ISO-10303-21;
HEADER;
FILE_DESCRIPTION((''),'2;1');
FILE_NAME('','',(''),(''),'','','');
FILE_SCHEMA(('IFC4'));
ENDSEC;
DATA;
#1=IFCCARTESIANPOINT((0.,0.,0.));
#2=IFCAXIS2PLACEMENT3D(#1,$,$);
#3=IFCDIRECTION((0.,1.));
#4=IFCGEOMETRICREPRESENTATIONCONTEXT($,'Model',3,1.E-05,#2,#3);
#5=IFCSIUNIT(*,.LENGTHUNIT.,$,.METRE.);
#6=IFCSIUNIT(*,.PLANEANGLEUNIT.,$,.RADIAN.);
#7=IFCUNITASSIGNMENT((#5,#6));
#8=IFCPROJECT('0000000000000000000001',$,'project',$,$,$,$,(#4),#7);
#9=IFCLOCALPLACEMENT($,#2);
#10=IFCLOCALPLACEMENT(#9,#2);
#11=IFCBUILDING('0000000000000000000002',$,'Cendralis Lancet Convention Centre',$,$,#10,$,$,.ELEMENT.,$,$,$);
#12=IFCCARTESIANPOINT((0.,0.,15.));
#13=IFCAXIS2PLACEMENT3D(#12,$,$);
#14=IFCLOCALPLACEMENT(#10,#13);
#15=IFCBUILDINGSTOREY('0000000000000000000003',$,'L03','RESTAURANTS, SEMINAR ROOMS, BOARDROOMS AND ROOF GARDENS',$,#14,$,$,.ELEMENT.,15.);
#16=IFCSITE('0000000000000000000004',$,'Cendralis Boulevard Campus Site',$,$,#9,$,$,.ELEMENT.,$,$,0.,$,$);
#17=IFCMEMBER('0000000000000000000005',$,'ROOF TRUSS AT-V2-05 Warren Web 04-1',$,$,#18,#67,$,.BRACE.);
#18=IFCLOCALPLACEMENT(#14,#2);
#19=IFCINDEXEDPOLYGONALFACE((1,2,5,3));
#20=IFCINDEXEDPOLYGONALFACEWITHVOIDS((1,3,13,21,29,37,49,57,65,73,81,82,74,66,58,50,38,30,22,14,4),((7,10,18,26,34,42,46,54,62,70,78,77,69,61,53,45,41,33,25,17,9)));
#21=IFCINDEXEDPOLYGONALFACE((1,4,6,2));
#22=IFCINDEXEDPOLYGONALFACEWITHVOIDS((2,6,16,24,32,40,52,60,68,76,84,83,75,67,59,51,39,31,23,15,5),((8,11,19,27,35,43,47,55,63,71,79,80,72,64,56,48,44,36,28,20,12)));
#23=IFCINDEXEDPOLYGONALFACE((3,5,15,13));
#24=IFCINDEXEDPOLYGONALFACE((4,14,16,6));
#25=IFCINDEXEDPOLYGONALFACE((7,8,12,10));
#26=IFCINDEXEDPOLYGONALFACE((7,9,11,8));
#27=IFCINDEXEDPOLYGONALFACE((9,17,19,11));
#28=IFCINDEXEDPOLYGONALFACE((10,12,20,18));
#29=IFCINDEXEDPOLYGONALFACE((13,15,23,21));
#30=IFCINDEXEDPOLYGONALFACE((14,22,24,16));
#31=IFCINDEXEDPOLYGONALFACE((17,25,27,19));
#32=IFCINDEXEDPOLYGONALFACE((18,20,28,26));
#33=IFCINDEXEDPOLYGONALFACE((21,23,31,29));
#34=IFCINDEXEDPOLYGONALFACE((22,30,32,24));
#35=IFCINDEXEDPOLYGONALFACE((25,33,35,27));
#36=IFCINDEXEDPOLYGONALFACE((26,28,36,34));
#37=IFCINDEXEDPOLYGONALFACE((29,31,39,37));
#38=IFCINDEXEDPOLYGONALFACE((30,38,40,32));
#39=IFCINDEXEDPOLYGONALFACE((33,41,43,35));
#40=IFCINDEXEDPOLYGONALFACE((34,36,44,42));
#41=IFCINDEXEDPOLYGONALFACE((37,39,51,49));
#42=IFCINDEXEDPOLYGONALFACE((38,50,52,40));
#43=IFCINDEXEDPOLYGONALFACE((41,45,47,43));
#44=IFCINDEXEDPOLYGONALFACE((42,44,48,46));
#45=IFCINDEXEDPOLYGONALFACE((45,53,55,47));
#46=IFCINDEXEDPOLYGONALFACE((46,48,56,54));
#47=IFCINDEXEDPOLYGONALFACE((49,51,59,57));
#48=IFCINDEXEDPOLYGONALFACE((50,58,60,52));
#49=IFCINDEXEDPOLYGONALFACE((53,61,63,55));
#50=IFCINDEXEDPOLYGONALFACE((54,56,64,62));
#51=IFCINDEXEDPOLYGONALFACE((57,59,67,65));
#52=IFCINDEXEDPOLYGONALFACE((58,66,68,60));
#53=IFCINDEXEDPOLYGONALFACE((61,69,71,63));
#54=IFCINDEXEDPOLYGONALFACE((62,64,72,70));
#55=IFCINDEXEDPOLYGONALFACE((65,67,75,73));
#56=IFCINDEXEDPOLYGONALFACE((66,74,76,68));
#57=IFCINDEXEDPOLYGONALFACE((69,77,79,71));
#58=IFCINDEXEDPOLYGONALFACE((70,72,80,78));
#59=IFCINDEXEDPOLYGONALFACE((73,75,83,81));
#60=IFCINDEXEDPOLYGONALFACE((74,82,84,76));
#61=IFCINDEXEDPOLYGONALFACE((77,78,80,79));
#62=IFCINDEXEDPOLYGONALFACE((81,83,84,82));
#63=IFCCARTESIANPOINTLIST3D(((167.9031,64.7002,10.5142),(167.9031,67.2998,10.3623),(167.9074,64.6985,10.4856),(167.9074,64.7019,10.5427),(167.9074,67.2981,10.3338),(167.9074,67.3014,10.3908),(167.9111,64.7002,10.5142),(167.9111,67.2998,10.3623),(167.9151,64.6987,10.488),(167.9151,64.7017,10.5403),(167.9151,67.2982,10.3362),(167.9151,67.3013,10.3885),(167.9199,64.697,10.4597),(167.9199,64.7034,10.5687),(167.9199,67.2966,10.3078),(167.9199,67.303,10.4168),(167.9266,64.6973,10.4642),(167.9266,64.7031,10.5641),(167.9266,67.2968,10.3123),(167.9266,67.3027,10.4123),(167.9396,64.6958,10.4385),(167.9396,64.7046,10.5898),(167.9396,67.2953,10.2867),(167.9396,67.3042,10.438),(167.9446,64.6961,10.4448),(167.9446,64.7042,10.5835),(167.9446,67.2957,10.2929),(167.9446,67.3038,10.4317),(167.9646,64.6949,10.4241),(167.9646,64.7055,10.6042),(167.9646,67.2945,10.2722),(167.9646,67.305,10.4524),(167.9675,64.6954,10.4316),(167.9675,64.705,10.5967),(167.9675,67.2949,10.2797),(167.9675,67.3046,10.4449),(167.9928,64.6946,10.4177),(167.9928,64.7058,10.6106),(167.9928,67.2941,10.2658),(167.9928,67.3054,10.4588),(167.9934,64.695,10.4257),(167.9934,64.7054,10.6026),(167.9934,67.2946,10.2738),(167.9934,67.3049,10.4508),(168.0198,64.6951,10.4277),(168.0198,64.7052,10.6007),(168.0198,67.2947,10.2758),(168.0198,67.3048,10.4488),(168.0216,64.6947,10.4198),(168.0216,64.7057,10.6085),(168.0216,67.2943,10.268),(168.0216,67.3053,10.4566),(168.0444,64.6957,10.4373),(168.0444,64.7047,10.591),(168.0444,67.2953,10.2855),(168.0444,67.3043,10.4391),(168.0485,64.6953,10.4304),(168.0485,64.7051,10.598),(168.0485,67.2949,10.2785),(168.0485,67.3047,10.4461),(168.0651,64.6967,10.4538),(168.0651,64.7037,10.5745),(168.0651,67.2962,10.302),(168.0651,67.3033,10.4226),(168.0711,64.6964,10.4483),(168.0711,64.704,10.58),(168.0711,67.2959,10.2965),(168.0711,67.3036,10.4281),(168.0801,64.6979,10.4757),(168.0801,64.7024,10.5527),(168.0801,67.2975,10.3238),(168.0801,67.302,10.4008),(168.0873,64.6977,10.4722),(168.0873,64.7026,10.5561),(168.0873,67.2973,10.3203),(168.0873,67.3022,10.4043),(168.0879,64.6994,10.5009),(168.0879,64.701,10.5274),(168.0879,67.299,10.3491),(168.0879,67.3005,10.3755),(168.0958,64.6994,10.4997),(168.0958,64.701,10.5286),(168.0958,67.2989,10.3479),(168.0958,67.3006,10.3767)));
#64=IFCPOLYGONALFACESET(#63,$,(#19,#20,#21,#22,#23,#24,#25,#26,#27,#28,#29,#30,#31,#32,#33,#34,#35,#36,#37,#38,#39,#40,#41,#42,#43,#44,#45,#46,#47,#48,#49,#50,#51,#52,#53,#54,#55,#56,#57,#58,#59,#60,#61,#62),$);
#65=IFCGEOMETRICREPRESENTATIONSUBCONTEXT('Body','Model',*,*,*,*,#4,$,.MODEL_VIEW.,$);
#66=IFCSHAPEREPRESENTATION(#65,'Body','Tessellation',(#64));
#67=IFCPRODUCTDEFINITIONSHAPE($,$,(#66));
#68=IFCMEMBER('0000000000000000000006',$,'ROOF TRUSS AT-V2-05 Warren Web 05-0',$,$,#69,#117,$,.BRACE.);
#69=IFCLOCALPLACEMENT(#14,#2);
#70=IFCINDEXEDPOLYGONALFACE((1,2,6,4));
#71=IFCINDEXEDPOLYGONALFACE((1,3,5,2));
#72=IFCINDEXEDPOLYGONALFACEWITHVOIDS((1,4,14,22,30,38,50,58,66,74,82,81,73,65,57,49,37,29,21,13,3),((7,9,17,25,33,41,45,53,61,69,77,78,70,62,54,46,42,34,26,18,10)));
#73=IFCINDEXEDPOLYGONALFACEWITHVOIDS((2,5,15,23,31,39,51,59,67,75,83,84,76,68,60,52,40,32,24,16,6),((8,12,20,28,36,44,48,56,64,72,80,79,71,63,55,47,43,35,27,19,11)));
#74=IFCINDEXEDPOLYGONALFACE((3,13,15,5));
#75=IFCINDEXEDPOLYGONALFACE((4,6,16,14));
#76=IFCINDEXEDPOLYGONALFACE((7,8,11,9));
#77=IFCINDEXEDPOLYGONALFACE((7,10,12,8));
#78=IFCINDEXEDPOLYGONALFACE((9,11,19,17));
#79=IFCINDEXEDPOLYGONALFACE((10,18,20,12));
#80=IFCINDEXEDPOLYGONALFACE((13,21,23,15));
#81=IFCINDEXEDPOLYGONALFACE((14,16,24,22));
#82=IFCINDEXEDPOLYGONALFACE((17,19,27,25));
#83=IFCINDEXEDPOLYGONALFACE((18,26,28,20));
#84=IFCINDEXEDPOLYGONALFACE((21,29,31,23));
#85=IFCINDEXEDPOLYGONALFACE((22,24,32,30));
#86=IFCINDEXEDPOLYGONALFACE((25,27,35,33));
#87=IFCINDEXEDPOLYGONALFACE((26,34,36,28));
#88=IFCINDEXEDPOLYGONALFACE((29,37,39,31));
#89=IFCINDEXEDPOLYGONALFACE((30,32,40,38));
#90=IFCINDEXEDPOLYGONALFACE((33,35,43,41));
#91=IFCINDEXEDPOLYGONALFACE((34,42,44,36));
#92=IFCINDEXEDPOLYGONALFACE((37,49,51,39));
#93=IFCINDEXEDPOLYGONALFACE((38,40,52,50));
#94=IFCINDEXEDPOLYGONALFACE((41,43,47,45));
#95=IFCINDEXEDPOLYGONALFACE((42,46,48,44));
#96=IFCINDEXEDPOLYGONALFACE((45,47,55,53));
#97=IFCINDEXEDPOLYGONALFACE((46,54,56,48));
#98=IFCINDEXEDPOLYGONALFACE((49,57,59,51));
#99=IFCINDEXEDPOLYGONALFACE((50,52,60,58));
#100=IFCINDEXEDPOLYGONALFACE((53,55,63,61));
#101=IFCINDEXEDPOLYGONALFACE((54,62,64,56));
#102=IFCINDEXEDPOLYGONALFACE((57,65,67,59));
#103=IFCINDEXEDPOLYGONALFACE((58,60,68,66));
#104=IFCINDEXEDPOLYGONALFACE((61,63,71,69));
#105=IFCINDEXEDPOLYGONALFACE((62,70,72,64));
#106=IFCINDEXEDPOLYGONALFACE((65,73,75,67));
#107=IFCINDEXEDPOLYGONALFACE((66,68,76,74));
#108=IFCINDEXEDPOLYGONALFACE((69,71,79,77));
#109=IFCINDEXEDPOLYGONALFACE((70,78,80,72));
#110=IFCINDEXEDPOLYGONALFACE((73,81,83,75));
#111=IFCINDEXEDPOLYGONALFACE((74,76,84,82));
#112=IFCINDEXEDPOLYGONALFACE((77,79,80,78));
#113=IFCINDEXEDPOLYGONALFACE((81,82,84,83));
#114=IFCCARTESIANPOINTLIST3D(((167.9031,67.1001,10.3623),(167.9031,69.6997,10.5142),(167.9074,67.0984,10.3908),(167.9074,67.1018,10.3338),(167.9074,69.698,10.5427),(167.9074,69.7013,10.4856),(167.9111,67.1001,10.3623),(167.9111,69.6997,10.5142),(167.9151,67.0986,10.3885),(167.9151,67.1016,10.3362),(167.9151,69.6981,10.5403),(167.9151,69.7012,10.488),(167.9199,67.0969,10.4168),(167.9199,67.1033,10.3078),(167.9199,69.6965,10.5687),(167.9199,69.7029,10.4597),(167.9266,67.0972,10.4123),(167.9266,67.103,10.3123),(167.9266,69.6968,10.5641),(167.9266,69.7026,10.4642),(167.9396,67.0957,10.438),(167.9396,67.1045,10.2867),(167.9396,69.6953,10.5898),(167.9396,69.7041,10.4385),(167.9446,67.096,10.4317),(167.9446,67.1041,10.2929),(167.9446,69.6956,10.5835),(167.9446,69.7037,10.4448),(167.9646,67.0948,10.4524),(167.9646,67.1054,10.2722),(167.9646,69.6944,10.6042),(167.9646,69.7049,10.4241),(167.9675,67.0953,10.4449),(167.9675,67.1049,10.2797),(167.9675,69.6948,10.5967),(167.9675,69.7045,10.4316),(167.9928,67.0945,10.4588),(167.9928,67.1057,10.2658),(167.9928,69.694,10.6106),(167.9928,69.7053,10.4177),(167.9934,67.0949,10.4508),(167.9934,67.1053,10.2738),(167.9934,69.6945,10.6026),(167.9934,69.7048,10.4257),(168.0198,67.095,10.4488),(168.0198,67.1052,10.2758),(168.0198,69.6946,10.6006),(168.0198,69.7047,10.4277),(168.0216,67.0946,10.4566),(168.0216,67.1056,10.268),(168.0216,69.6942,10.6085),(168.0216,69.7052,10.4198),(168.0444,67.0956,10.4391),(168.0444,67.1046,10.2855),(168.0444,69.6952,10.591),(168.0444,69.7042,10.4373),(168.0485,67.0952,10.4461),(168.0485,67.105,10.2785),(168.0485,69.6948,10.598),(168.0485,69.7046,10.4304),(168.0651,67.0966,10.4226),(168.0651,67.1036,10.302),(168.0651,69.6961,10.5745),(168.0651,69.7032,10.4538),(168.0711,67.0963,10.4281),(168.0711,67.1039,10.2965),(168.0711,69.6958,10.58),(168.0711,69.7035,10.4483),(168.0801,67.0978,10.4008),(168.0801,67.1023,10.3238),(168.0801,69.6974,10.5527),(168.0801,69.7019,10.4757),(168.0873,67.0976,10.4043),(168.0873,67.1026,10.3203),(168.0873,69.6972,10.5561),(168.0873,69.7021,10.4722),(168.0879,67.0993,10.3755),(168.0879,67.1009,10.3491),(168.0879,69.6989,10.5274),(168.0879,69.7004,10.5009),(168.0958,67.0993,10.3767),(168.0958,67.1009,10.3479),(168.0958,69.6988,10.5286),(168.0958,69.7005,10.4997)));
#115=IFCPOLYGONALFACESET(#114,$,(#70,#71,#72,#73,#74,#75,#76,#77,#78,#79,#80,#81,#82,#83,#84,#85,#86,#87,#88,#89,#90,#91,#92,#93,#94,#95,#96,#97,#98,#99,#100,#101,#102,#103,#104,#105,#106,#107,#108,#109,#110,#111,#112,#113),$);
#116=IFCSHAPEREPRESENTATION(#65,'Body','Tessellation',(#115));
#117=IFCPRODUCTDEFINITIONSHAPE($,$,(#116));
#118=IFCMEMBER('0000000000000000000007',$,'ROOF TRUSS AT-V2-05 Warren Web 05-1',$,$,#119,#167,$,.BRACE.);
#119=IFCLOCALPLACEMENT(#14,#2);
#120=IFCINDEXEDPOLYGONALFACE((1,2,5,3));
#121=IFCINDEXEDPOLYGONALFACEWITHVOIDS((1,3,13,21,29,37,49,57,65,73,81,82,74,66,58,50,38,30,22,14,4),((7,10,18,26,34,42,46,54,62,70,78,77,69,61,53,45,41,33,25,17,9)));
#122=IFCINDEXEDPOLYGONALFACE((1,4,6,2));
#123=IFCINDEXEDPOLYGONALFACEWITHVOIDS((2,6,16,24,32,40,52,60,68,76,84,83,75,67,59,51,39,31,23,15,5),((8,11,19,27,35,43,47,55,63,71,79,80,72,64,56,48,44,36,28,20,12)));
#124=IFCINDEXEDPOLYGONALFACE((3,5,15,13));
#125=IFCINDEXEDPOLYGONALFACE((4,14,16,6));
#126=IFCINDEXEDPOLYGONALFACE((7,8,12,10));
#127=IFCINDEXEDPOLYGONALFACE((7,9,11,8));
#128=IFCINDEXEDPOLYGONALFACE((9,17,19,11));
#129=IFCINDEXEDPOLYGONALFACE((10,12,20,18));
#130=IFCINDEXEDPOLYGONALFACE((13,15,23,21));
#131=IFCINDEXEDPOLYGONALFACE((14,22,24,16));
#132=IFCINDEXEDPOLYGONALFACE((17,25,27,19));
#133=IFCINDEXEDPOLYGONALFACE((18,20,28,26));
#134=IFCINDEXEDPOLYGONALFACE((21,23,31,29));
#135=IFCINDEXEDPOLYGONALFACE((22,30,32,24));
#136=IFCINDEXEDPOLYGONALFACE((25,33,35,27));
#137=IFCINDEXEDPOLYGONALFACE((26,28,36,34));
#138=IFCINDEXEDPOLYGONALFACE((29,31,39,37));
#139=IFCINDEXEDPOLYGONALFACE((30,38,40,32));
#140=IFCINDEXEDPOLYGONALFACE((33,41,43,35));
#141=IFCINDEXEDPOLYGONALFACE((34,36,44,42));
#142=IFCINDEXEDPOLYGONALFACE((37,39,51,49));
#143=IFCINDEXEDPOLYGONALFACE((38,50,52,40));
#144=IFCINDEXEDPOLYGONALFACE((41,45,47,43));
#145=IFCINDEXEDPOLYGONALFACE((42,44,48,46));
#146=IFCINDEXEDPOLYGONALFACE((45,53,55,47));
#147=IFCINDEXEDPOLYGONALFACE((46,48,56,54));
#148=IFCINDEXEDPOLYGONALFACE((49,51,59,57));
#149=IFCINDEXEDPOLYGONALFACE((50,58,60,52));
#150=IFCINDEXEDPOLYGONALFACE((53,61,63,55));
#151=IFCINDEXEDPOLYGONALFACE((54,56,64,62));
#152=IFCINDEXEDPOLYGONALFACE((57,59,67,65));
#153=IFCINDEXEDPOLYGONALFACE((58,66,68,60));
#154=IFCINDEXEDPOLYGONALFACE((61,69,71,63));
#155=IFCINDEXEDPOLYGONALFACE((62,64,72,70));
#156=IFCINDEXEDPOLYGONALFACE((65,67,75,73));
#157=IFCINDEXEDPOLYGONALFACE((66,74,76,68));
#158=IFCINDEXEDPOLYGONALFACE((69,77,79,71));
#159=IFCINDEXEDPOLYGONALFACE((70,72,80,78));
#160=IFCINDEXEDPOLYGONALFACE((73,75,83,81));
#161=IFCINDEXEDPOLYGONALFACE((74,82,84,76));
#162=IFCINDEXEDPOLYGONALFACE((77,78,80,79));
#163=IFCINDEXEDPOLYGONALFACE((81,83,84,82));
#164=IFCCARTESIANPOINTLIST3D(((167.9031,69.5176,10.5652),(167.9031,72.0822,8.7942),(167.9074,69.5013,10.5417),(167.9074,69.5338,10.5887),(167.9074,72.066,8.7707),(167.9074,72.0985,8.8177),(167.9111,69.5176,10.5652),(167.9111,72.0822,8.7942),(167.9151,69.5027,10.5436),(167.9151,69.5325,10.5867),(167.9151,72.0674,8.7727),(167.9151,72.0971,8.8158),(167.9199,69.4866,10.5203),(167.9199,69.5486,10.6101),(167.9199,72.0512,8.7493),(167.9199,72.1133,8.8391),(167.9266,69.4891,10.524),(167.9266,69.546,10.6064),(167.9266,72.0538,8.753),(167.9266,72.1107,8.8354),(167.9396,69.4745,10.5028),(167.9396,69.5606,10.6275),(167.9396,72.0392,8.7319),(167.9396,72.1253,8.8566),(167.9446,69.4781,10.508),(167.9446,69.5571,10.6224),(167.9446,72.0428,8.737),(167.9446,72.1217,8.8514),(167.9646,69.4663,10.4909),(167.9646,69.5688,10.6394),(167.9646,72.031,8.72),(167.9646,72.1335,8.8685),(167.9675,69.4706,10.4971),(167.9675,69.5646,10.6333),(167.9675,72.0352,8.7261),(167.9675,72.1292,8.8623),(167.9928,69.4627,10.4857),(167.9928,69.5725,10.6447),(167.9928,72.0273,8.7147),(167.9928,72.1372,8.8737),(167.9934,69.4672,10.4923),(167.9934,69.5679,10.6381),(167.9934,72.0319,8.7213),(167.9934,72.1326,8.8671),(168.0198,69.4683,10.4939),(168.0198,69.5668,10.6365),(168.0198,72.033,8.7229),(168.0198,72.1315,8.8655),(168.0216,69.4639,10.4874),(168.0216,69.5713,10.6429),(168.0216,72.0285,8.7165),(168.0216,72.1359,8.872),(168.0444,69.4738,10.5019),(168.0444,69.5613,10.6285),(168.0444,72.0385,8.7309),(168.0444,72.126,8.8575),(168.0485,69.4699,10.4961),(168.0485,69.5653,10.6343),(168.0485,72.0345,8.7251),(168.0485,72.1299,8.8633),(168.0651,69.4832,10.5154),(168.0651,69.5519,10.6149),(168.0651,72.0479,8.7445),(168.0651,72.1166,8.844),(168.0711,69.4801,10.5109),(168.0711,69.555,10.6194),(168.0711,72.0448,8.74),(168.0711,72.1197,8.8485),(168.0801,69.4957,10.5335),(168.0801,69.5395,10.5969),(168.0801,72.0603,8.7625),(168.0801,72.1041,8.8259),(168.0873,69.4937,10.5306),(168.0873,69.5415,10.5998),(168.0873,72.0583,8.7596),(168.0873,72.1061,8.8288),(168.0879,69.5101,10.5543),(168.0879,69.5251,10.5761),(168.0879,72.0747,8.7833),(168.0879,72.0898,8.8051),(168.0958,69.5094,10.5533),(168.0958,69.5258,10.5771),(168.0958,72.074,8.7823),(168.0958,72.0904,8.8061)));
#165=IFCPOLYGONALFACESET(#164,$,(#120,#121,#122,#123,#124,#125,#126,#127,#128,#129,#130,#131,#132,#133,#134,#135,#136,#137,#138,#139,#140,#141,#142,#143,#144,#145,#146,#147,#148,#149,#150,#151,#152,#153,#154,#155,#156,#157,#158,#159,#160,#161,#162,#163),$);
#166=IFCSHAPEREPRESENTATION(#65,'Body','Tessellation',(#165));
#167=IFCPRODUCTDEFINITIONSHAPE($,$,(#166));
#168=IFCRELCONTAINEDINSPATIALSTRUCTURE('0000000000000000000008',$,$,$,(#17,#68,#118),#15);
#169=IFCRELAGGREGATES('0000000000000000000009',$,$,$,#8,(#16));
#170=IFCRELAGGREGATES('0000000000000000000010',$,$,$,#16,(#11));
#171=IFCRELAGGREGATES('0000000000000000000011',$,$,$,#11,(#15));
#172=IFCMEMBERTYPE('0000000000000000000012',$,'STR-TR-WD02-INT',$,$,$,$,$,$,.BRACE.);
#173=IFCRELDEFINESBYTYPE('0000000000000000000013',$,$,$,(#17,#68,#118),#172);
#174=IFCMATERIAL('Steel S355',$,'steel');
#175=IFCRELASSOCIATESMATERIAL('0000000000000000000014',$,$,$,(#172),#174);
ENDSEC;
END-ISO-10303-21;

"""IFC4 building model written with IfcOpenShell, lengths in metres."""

from ifc_helpers import new_model, si_unit, direction, frame, origin, origin_2d, place, context, subcontext, project, spatial, hollow_circle, extrude, material, material_profile, profile_set, type_object, element, save


model = new_model("IFC4")

# Units and contexts
model_context = context("Model", 3, precision=1e-05, world=origin(), true_north=direction((0.0, 1.0)))
body_context = subcontext(model_context, "Body", "Model", "MODEL_VIEW")
ifc_project = project(units=[si_unit("LENGTHUNIT", "METRE"), si_unit("PLANEANGLEUNIT", "RADIAN")], contexts=[model_context])

# Site, building, storey
site_placement = place(None, origin())
site = spatial("IfcSite", under=ifc_project, at=site_placement, Name="Cendralis Boulevard Campus Site", CompositionType="ELEMENT", RefElevation=0.0)
building_placement = place(site_placement, origin())
building = spatial("IfcBuilding", under=site, at=building_placement, Name="Cendralis Lancet Convention Centre", CompositionType="ELEMENT")
storey_placement = place(building_placement, frame((0.0, 0.0, 15.0)))
storey = spatial("IfcBuildingStorey", under=building, at=storey_placement, Name="L03", Description="RESTAURANTS, SEMINAR ROOMS, BOARDROOMS AND ROOF GARDENS", CompositionType="ELEMENT", Elevation=15.0)

# Members
ifc_material = material(Name="Steel S355", Category="steel")
ifc_material_profile_1 = material_profile(ifc_material, hollow_circle(Radius=0.0969, WallThickness=0.0081, at=origin_2d()), Name="CHS 193.7x8.0")
ifc_profile_set_1 = profile_set([ifc_material_profile_1], Name="Steel S355")
member_type_1 = type_object("IfcMemberType", Name="STR-TR-WD02-INT", PredefinedType="BRACE", material=ifc_profile_set_1)
for number, where, z_axis, x_axis, name in (
    (1, (168.0, 64.7002, 10.5142), (0.0, 0.998298, -0.058315), (-1.0, 0.0, 0.0), "ROOF TRUSS AT-V2-05 Warren Web 04-1"),
    (2, (168.0, 67.1001, 10.3623), (0.0, 0.998298, 0.058315), (-1.0, 0.0, 0.0), "ROOF TRUSS AT-V2-05 Warren Web 05-0"),
):
    element("IfcMember", number, at=place(storey_placement, frame(where, z_axis=z_axis, x_axis=x_axis)), inside=storey, type_object=member_type_1, Name=name, PredefinedType="BRACE", context=body_context, shape_type="SweptSolid", body=[
        extrude(hollow_circle(Radius=0.0969, WallThickness=0.0081, at=origin_2d()), origin(), (0.0, 0.0, 1.0), 2.604),
    ])
member_1_placement = place(storey_placement, frame((168.0, 69.5176, 10.5652), z_axis=(0.0, 0.822877, -0.56822), x_axis=(-1.0, 0.0, 0.0)))
element("IfcMember", 3, at=member_1_placement, inside=storey, type_object=member_type_1, Name="ROOF TRUSS AT-V2-05 Warren Web 05-1", PredefinedType="BRACE", context=body_context, shape_type="SweptSolid", body=[
    extrude(hollow_circle(Radius=0.0969, WallThickness=0.0081, at=origin_2d()), origin(), (0.0, 0.0, 1.0), 3.1167),
])

save(model, "model.ifc")
